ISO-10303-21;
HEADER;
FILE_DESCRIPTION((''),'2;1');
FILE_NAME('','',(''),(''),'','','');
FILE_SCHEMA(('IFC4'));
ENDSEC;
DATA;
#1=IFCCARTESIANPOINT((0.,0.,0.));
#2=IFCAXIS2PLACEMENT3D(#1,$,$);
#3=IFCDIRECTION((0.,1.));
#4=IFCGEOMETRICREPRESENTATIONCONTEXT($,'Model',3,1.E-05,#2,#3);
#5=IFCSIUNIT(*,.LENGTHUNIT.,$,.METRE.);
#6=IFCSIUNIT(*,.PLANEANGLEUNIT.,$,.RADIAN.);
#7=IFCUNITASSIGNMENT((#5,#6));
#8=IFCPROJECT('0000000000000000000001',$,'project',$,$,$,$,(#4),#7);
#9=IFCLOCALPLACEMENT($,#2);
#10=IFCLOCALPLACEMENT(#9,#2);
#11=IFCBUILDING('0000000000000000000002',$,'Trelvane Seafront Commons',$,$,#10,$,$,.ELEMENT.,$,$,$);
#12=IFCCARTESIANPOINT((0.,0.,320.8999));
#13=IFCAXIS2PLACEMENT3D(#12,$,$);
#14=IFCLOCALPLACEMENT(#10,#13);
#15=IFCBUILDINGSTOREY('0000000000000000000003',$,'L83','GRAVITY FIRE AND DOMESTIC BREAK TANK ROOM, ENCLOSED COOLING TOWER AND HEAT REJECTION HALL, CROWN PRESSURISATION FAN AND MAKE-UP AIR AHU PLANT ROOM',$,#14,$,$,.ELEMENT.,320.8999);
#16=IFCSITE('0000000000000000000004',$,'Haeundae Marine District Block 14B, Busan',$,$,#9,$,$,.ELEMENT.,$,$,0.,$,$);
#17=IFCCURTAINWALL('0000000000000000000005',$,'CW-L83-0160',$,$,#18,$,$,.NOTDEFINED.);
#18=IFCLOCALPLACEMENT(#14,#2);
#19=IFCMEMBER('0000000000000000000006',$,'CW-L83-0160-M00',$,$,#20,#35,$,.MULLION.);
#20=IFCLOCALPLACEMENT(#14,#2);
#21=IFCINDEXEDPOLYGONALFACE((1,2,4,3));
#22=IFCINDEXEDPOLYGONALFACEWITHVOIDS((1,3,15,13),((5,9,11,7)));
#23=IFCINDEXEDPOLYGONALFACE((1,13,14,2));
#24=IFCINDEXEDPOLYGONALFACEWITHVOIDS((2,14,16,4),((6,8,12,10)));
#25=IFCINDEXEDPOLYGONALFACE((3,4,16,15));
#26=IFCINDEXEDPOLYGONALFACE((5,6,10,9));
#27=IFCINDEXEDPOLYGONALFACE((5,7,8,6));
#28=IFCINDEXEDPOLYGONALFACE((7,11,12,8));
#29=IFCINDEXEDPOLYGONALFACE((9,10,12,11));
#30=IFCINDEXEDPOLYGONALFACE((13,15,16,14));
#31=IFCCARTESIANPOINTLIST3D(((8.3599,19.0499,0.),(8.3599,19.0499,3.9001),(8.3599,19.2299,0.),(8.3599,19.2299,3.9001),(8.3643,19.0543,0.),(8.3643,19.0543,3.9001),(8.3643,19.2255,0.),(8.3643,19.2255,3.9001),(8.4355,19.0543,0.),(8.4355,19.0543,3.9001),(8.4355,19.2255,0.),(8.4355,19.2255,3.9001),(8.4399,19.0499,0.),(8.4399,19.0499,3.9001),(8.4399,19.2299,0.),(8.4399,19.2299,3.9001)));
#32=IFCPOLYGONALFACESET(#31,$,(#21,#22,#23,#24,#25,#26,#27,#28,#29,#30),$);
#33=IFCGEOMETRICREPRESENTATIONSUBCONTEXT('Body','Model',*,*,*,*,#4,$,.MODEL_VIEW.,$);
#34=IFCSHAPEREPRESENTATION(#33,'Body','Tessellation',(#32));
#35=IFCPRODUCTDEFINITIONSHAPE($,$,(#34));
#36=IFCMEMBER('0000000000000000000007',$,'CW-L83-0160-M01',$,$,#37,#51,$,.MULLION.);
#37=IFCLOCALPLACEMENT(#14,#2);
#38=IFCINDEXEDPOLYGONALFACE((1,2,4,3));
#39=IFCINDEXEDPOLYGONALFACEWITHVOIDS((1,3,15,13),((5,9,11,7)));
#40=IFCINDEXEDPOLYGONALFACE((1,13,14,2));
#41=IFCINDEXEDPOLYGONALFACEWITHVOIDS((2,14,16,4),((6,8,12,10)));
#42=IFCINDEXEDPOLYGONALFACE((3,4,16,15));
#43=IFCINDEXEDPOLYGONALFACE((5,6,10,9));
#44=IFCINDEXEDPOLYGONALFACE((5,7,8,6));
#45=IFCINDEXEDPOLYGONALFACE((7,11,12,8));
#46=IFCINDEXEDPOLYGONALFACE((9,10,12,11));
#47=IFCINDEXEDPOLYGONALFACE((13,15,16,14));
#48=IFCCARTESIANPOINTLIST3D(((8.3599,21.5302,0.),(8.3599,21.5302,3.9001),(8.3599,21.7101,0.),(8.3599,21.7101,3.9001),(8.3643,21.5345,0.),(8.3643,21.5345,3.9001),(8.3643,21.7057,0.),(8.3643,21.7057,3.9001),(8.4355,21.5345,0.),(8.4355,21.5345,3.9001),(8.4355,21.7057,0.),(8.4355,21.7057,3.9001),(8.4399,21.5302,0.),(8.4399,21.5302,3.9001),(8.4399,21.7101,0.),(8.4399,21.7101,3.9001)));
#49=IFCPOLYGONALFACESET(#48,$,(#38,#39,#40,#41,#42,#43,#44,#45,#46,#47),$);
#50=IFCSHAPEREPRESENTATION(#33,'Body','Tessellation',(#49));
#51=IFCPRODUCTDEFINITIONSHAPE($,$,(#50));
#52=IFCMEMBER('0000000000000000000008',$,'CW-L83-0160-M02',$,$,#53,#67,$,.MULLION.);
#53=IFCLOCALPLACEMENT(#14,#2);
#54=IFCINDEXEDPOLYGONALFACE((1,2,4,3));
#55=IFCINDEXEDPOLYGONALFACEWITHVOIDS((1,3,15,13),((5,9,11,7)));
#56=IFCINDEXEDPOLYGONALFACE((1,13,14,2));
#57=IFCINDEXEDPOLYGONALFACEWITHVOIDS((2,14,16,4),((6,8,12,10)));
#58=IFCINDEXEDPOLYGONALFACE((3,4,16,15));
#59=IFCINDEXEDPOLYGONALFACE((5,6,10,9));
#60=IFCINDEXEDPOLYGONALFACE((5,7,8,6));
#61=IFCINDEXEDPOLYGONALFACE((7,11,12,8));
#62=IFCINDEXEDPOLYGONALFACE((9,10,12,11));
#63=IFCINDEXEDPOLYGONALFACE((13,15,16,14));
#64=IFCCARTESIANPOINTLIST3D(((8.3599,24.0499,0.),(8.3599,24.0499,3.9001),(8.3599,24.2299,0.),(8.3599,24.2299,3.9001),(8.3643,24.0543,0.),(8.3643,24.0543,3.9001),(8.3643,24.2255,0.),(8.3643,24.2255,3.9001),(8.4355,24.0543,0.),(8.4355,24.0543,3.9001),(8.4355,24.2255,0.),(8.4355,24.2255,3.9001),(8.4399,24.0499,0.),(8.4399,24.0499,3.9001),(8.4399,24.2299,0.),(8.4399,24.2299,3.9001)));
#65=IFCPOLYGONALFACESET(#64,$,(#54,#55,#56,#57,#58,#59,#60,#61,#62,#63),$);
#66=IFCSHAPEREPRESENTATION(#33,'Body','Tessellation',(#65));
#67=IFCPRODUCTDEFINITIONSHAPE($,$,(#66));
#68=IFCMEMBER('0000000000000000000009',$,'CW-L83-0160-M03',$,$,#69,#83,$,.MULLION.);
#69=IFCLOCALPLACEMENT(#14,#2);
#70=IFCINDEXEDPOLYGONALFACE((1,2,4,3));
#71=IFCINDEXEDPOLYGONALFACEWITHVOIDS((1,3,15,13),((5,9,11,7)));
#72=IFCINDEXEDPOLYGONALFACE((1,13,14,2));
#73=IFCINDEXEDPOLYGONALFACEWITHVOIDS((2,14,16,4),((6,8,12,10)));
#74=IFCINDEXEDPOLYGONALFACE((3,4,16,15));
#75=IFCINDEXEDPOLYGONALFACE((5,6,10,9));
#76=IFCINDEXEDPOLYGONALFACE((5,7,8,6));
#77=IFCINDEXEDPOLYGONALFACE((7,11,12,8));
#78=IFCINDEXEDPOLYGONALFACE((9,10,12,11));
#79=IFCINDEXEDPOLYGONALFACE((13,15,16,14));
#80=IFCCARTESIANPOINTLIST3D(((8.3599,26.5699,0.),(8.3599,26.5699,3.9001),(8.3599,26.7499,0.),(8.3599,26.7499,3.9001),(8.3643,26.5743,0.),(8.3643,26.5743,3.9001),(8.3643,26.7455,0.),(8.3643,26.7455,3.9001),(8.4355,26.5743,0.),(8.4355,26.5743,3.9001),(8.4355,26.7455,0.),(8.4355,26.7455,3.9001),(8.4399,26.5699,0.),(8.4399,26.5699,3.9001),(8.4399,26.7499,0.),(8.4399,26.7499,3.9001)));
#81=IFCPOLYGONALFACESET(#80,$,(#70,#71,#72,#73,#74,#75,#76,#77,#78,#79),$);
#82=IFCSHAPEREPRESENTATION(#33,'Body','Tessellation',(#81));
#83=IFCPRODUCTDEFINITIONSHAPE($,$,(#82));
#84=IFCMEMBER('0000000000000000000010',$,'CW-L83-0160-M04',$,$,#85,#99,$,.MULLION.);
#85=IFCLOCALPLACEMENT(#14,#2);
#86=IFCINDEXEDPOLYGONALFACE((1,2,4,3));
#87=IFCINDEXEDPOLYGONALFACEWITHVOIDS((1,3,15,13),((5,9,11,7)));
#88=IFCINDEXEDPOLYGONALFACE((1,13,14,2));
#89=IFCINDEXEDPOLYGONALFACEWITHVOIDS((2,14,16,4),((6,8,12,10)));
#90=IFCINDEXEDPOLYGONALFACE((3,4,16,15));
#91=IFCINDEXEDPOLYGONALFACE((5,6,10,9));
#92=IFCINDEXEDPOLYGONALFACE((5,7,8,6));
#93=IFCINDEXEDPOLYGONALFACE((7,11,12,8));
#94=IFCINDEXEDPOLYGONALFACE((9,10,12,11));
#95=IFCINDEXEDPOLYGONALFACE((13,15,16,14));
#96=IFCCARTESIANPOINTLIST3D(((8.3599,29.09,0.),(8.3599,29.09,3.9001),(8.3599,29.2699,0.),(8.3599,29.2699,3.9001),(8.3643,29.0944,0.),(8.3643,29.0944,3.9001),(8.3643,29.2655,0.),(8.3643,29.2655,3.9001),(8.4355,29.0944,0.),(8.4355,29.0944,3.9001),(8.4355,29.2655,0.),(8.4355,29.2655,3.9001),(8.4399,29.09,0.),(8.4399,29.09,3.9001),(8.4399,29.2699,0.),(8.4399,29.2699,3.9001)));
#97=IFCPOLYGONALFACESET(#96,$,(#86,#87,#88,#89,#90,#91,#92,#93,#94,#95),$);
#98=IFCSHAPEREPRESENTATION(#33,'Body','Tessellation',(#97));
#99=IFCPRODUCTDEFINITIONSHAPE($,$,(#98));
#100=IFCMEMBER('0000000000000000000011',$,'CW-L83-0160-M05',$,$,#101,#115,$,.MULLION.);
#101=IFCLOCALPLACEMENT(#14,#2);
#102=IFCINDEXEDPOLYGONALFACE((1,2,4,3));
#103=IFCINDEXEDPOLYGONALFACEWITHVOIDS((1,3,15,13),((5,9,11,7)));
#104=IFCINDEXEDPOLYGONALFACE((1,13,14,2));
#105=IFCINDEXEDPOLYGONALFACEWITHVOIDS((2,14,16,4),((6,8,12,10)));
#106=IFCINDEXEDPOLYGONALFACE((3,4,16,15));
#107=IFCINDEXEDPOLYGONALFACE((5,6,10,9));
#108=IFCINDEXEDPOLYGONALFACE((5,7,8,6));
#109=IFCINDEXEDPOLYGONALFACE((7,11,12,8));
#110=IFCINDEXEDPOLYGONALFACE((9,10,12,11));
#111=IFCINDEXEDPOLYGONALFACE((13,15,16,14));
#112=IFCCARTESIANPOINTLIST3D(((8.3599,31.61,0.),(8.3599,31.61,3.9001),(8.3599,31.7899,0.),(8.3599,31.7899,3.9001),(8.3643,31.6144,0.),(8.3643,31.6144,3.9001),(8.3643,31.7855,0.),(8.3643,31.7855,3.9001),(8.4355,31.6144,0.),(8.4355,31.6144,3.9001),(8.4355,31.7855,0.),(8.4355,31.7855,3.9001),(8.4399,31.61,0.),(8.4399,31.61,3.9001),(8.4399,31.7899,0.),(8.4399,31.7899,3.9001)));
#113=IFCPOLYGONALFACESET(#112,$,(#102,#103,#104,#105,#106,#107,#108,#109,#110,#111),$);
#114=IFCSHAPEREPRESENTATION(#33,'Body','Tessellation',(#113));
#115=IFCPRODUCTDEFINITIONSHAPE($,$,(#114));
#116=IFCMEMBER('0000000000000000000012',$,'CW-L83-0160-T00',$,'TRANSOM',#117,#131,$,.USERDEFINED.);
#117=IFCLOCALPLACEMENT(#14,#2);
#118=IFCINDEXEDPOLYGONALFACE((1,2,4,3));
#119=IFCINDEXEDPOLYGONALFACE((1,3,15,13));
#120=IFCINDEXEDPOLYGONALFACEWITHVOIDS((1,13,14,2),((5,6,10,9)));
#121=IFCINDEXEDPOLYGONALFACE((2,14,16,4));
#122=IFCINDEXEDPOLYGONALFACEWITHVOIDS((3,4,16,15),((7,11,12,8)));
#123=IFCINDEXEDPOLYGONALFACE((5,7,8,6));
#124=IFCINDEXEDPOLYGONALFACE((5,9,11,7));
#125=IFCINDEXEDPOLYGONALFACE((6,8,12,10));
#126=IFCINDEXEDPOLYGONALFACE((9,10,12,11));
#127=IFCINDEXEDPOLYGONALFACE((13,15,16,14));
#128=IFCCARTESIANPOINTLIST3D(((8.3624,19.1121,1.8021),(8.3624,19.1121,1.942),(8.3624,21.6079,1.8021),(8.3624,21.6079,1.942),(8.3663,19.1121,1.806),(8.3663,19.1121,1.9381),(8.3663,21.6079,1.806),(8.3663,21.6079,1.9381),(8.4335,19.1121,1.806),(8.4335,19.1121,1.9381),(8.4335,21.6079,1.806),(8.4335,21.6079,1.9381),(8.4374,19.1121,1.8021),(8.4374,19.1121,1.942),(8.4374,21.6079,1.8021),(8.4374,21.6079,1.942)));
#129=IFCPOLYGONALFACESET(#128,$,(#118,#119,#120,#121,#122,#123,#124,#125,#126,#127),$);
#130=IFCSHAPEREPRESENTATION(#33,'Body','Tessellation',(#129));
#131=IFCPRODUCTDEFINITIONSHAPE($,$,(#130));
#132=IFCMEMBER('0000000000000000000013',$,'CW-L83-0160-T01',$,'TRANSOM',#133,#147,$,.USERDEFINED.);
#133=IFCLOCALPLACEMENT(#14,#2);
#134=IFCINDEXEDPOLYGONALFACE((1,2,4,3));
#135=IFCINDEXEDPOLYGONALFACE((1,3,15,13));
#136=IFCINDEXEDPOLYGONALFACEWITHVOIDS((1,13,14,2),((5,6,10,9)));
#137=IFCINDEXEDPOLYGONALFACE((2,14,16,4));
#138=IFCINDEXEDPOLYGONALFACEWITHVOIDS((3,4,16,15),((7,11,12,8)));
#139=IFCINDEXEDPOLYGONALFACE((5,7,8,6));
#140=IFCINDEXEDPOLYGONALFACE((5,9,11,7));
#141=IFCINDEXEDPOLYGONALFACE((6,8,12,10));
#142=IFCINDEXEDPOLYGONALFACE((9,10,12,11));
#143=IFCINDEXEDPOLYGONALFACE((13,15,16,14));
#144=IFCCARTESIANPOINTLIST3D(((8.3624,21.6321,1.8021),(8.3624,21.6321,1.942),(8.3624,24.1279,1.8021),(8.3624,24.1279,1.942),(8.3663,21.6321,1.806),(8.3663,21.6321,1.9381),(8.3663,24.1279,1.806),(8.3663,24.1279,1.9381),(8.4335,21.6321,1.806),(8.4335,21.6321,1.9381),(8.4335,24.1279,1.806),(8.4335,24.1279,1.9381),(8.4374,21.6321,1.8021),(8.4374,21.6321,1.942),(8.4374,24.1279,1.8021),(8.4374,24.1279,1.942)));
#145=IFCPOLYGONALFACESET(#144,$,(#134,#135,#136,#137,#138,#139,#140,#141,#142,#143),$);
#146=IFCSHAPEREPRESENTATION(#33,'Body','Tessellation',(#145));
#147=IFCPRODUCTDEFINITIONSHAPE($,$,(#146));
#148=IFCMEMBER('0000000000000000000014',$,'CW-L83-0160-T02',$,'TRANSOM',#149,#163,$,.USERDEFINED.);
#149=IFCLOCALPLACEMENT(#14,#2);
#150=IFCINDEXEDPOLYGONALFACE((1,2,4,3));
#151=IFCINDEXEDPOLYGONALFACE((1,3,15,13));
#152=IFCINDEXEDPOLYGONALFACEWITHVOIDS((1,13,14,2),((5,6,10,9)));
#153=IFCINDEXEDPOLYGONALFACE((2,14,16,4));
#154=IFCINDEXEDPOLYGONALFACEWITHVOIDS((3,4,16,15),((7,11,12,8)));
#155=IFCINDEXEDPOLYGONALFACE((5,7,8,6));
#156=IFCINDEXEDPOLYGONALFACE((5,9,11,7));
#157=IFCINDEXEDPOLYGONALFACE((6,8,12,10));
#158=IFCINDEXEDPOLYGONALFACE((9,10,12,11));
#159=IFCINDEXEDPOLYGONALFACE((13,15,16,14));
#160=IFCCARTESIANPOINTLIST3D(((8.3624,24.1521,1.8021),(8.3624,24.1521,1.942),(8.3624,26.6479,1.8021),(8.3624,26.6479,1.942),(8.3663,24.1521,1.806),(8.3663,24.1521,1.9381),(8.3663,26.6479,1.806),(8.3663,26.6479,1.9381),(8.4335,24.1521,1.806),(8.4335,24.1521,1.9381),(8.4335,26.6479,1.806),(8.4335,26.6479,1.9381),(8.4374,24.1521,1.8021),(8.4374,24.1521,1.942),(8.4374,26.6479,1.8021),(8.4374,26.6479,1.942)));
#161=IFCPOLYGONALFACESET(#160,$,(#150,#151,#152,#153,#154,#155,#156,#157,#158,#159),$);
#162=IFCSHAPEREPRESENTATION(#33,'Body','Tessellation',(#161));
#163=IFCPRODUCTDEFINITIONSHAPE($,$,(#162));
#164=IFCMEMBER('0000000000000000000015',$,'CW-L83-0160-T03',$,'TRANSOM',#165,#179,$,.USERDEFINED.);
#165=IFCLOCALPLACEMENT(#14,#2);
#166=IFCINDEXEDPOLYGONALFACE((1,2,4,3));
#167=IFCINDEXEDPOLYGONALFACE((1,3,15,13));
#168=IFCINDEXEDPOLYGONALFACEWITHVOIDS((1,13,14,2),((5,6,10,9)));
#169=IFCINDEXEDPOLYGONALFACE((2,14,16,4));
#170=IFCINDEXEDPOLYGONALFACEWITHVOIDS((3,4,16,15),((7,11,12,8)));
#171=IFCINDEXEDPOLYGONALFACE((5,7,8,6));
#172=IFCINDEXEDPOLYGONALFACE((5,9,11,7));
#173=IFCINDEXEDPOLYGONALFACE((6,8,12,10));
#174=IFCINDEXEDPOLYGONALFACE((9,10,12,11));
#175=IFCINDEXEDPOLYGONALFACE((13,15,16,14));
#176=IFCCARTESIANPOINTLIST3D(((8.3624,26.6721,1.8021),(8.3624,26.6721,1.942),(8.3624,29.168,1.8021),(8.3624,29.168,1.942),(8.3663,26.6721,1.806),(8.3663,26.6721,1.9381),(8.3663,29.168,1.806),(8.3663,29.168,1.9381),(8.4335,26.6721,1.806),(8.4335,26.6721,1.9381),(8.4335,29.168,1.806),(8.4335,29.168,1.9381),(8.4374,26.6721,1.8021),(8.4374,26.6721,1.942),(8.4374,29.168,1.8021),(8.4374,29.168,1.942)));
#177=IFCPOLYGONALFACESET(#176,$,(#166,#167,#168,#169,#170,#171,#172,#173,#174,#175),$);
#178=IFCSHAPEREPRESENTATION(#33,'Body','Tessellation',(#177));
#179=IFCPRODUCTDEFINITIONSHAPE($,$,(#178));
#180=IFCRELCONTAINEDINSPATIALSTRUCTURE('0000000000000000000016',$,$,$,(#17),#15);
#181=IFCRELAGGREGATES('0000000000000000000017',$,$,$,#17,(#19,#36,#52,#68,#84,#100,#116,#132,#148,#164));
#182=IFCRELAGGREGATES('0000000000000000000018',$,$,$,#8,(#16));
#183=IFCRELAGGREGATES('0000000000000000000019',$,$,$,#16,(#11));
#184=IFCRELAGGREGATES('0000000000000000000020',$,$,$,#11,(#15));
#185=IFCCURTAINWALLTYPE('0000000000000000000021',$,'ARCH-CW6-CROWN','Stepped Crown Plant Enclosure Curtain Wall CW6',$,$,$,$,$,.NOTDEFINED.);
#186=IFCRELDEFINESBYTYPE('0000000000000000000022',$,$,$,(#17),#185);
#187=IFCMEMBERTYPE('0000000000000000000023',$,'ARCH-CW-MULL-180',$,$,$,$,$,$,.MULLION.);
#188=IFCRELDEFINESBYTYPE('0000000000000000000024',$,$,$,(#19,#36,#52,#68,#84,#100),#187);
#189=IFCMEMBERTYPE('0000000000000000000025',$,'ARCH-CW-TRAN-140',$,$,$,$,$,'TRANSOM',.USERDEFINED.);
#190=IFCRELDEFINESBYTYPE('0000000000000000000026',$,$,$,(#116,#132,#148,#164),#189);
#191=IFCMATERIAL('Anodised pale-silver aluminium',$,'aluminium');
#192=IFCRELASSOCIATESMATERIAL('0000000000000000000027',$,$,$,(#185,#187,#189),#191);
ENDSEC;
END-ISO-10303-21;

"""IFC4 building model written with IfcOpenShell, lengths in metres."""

from ifc_helpers import new_model, si_unit, direction, frame, origin, origin_2d, place, context, subcontext, project, spatial, hollow_rectangle, extrude, source, transform, mapped, material, material_profile, profile_set, type_object, element, aggregate, save


model = new_model("IFC4")

# Units and contexts
model_context = context("Model", 3, precision=1e-05, world=origin(), true_north=direction((0.0, 1.0)))
body_context = subcontext(model_context, "Body", "Model", "MODEL_VIEW")
ifc_project = project(units=[si_unit("LENGTHUNIT", "METRE"), si_unit("PLANEANGLEUNIT", "RADIAN")], contexts=[model_context])

# Site, building, storey
site_placement = place(None, origin())
site = spatial("IfcSite", under=ifc_project, at=site_placement, Name="Haeundae Marine District Block 14B, Busan", CompositionType="ELEMENT", RefElevation=0.0)
building_placement = place(site_placement, origin())
building = spatial("IfcBuilding", under=site, at=building_placement, Name="Trelvane Seafront Commons", CompositionType="ELEMENT")
storey_placement = place(building_placement, frame((0.0, 0.0, 320.8999)))
storey = spatial("IfcBuildingStorey", under=building, at=storey_placement, Name="L83", Description="GRAVITY FIRE AND DOMESTIC BREAK TANK ROOM, ENCLOSED COOLING TOWER AND HEAT REJECTION HALL, CROWN PRESSURISATION FAN AND MAKE-UP AIR AHU PLANT ROOM", CompositionType="ELEMENT", Elevation=320.8999)

# Curtain wall, members
ifc_material_1 = material(Name="Anodised pale-silver aluminium", Category="aluminium")
curtain_wall_type = type_object("IfcCurtainWallType", Name="ARCH-CW6-CROWN", Description="Stepped Crown Plant Enclosure Curtain Wall CW6", PredefinedType="NOTDEFINED", material=ifc_material_1)
curtain_wall_placement = place(storey_placement, origin())
curtain_wall = element("IfcCurtainWall", 1, at=curtain_wall_placement, inside=storey, type_object=curtain_wall_type, Name="CW-L83-0160", PredefinedType="NOTDEFINED")
ifc_material_profile_1 = material_profile(ifc_material_1, hollow_rectangle(XDim=0.0801, YDim=0.1799, WallThickness=0.0044, at=origin_2d()), Name="MULL-80x180x4.5")
ifc_profile_set_1 = profile_set([ifc_material_profile_1], Name="Anodised pale-silver aluminium")
member_type_1 = type_object("IfcMemberType", Name="ARCH-CW-MULL-180", PredefinedType="MULLION", material=ifc_profile_set_1)
shared_shape_1 = source(origin(), body_context, "Body", "SweptSolid", [
    extrude(hollow_rectangle(XDim=0.0801, YDim=0.1799, WallThickness=0.0044, at=origin_2d()), origin(), (0.0, 0.0, 1.0), 3.9001),
])
member_1_placement = place(storey_placement, frame((8.3999, 19.1399, 0.0), z_axis=(0.0, 0.0, 1.0), x_axis=(1.0, 0.0, 0.0)))
member_1 = element("IfcMember", 2, at=member_1_placement, type_object=member_type_1, Name="CW-L83-0160-M00", PredefinedType="MULLION", context=body_context, shape_type="MappedRepresentation", body=[
    mapped(shared_shape_1, transform((0.0, 0.0, 0.0), x_axis=(1.0, 0.0, 0.0), y_axis=(0.0, 1.0, 0.0), z_axis=(0.0, 0.0, 1.0), scale=1.0)),
])
member_2_placement = place(storey_placement, frame((8.3999, 21.6201, 0.0), z_axis=(0.0, 0.0, 1.0), x_axis=(1.0, 0.0, 0.0)))
member_2 = element("IfcMember", 3, at=member_2_placement, type_object=member_type_1, Name="CW-L83-0160-M01", PredefinedType="MULLION", context=body_context, shape_type="MappedRepresentation", body=[
    mapped(shared_shape_1, transform((0.0, 0.0, 0.0), x_axis=(1.0, 0.0, 0.0), y_axis=(0.0, 1.0, 0.0), z_axis=(0.0, 0.0, 1.0), scale=1.0)),
])
member_3_placement = place(storey_placement, frame((8.3999, 24.1399, 0.0), z_axis=(0.0, 0.0, 1.0), x_axis=(1.0, 0.0, 0.0)))
member_3 = element("IfcMember", 4, at=member_3_placement, type_object=member_type_1, Name="CW-L83-0160-M02", PredefinedType="MULLION", context=body_context, shape_type="MappedRepresentation", body=[
    mapped(shared_shape_1, transform((0.0, 0.0, 0.0), x_axis=(1.0, 0.0, 0.0), y_axis=(0.0, 1.0, 0.0), z_axis=(0.0, 0.0, 1.0), scale=1.0)),
])
member_4_placement = place(storey_placement, frame((8.3999, 26.6599, 0.0), z_axis=(0.0, 0.0, 1.0), x_axis=(1.0, 0.0, 0.0)))
member_4 = element("IfcMember", 5, at=member_4_placement, type_object=member_type_1, Name="CW-L83-0160-M03", PredefinedType="MULLION", context=body_context, shape_type="MappedRepresentation", body=[
    mapped(shared_shape_1, transform((0.0, 0.0, 0.0), x_axis=(1.0, 0.0, 0.0), y_axis=(0.0, 1.0, 0.0), z_axis=(0.0, 0.0, 1.0), scale=1.0)),
])
member_5_placement = place(storey_placement, frame((8.3999, 29.1799, 0.0), z_axis=(0.0, 0.0, 1.0), x_axis=(1.0, 0.0, 0.0)))
member_5 = element("IfcMember", 6, at=member_5_placement, type_object=member_type_1, Name="CW-L83-0160-M04", PredefinedType="MULLION", context=body_context, shape_type="MappedRepresentation", body=[
    mapped(shared_shape_1, transform((0.0, 0.0, 0.0), x_axis=(1.0, 0.0, 0.0), y_axis=(0.0, 1.0, 0.0), z_axis=(0.0, 0.0, 1.0), scale=1.0)),
])
member_6_placement = place(storey_placement, frame((8.3999, 31.7, 0.0), z_axis=(0.0, 0.0, 1.0), x_axis=(1.0, 0.0, 0.0)))
member_6 = element("IfcMember", 7, at=member_6_placement, type_object=member_type_1, Name="CW-L83-0160-M05", PredefinedType="MULLION", context=body_context, shape_type="MappedRepresentation", body=[
    mapped(shared_shape_1, transform((0.0, 0.0, 0.0), x_axis=(1.0, 0.0, 0.0), y_axis=(0.0, 1.0, 0.0), z_axis=(0.0, 0.0, 1.0), scale=1.0)),
])
ifc_material_profile_2 = material_profile(ifc_material_1, hollow_rectangle(XDim=0.075, YDim=0.1399, WallThickness=0.0039, at=origin_2d()), Name="TRAN-75x140x4")
ifc_profile_set_2 = profile_set([ifc_material_profile_2], Name="Anodised pale-silver aluminium")
member_type_2 = type_object("IfcMemberType", Name="ARCH-CW-TRAN-140", ElementType="TRANSOM", PredefinedType="USERDEFINED", material=ifc_profile_set_2)
shared_shape_2 = source(origin(), body_context, "Body", "SweptSolid", [
    extrude(hollow_rectangle(XDim=0.075, YDim=0.1399, WallThickness=0.0039, at=origin_2d()), origin(), (0.0, 0.0, 1.0), 2.4958),
])
member_7_placement = place(storey_placement, frame((8.3999, 19.1121, 1.8721), z_axis=(0.0, 1.0, 0.0), x_axis=(-1.0, 0.0, 0.0)))
member_7 = element("IfcMember", 8, at=member_7_placement, type_object=member_type_2, Name="CW-L83-0160-T00", ObjectType="TRANSOM", PredefinedType="USERDEFINED", context=body_context, shape_type="MappedRepresentation", body=[
    mapped(shared_shape_2, transform((0.0, 0.0, 0.0), x_axis=(1.0, 0.0, 0.0), y_axis=(0.0, 1.0, 0.0), z_axis=(0.0, 0.0, 1.0), scale=1.0)),
])
member_8_placement = place(storey_placement, frame((8.3999, 21.6321, 1.8721), z_axis=(0.0, 1.0, 0.0), x_axis=(-1.0, 0.0, 0.0)))
member_8 = element("IfcMember", 9, at=member_8_placement, type_object=member_type_2, Name="CW-L83-0160-T01", ObjectType="TRANSOM", PredefinedType="USERDEFINED", context=body_context, shape_type="MappedRepresentation", body=[
    mapped(shared_shape_2, transform((0.0, 0.0, 0.0), x_axis=(1.0, 0.0, 0.0), y_axis=(0.0, 1.0, 0.0), z_axis=(0.0, 0.0, 1.0), scale=1.0)),
])
member_9_placement = place(storey_placement, frame((8.3999, 24.1521, 1.8721), z_axis=(0.0, 1.0, 0.0), x_axis=(-1.0, 0.0, 0.0)))
member_9 = element("IfcMember", 10, at=member_9_placement, type_object=member_type_2, Name="CW-L83-0160-T02", ObjectType="TRANSOM", PredefinedType="USERDEFINED", context=body_context, shape_type="MappedRepresentation", body=[
    mapped(shared_shape_2, transform((0.0, 0.0, 0.0), x_axis=(1.0, 0.0, 0.0), y_axis=(0.0, 1.0, 0.0), z_axis=(0.0, 0.0, 1.0), scale=1.0)),
])
member_10_placement = place(storey_placement, frame((8.3999, 26.6721, 1.8721), z_axis=(0.0, 1.0, 0.0), x_axis=(-1.0, 0.0, 0.0)))
member_10 = element("IfcMember", 11, at=member_10_placement, type_object=member_type_2, Name="CW-L83-0160-T03", ObjectType="TRANSOM", PredefinedType="USERDEFINED", context=body_context, shape_type="MappedRepresentation", body=[
    mapped(shared_shape_2, transform((0.0, 0.0, 0.0), x_axis=(1.0, 0.0, 0.0), y_axis=(0.0, 1.0, 0.0), z_axis=(0.0, 0.0, 1.0), scale=1.0)),
])

aggregate(curtain_wall, [member_1, member_2, member_3, member_4, member_5, member_6, member_7, member_8, member_9, member_10])

save(model, "model.ifc")
